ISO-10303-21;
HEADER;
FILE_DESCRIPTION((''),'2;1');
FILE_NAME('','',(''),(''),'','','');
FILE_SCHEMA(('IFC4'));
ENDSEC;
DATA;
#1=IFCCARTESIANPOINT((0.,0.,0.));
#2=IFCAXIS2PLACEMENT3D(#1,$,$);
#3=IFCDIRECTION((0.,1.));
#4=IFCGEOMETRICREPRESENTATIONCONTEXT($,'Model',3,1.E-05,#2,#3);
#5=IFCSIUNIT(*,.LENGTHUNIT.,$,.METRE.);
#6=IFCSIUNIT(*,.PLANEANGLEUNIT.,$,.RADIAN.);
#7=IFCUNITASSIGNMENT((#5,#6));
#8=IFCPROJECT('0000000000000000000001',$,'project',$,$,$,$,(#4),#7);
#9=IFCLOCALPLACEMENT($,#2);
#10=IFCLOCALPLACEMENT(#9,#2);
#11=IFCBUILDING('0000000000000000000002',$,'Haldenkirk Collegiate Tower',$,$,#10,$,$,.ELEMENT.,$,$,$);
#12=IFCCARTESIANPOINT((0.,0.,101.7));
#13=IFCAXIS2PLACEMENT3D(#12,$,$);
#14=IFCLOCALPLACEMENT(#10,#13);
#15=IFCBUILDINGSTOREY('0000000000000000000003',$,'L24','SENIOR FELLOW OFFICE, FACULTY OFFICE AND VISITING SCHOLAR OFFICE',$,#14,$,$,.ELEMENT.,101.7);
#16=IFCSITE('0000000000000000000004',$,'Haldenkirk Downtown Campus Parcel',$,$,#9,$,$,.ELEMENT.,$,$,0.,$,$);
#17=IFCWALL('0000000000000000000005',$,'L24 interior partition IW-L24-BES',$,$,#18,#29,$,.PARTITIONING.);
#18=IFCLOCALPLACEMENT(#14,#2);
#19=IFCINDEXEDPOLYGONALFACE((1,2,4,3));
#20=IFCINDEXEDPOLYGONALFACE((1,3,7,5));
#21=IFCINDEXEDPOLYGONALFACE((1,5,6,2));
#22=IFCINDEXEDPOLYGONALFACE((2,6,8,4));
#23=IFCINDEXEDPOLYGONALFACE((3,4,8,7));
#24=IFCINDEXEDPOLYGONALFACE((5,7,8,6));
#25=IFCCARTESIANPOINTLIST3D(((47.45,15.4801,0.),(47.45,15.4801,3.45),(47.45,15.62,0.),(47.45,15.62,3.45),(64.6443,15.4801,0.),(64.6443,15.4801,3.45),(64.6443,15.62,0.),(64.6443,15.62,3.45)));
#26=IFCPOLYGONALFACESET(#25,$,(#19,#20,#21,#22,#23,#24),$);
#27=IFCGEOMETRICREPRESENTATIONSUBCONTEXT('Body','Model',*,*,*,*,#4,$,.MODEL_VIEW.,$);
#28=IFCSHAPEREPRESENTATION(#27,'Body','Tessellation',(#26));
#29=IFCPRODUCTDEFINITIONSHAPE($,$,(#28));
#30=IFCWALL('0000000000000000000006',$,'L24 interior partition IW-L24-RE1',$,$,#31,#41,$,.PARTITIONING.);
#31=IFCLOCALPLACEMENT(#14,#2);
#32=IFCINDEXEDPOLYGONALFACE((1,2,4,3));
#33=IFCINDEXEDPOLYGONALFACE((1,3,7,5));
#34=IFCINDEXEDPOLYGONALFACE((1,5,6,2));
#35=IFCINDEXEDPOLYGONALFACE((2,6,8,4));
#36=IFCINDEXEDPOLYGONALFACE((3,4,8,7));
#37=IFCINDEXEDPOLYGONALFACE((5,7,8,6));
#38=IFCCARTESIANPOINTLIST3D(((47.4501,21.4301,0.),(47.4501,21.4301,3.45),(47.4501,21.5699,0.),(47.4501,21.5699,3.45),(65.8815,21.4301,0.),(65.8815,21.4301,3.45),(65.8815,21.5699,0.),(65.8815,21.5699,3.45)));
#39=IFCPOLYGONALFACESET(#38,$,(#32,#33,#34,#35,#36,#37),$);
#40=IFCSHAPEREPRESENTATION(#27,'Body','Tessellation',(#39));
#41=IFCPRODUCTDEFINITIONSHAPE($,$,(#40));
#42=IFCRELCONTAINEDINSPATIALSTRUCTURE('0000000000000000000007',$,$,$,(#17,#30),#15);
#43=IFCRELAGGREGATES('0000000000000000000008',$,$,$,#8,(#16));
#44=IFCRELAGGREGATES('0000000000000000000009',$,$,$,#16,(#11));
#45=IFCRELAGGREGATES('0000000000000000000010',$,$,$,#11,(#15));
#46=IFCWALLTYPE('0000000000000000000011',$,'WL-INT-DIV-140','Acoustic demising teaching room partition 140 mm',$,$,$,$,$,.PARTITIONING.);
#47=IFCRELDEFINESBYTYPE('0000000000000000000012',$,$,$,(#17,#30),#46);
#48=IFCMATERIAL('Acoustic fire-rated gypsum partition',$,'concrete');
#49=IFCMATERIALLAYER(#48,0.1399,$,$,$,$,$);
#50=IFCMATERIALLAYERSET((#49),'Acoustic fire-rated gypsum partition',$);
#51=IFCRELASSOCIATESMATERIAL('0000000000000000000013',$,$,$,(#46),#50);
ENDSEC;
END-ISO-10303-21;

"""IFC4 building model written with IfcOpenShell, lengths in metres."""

from ifc_helpers import new_model, si_unit, direction, frame, frame_2d, origin, place, context, subcontext, project, spatial, rectangle, extrude, material, layer, layer_set, type_object, element, save


model = new_model("IFC4")

# Units and contexts
model_context = context("Model", 3, precision=1e-05, world=origin(), true_north=direction((0.0, 1.0)))
body_context = subcontext(model_context, "Body", "Model", "MODEL_VIEW")
ifc_project = project(units=[si_unit("LENGTHUNIT", "METRE"), si_unit("PLANEANGLEUNIT", "RADIAN")], contexts=[model_context])

# Site, building, storey
site_placement = place(None, origin())
site = spatial("IfcSite", under=ifc_project, at=site_placement, Name="Haldenkirk Downtown Campus Parcel", CompositionType="ELEMENT", RefElevation=0.0)
building_placement = place(site_placement, origin())
building = spatial("IfcBuilding", under=site, at=building_placement, Name="Haldenkirk Collegiate Tower", CompositionType="ELEMENT")
storey_placement = place(building_placement, frame((0.0, 0.0, 101.7)))
storey = spatial("IfcBuildingStorey", under=building, at=storey_placement, Name="L24", Description="SENIOR FELLOW OFFICE, FACULTY OFFICE AND VISITING SCHOLAR OFFICE", CompositionType="ELEMENT", Elevation=101.7)

# Shared definitions
ifc_material_1 = material(Name="Acoustic fire-rated gypsum partition", Category="concrete")

# Walls
ifc_layer_1 = layer(ifc_material_1, 0.1399)
ifc_layer_set_1 = layer_set([ifc_layer_1], Name="Acoustic fire-rated gypsum partition")
wall_type_1 = type_object("IfcWallType", Name="WL-INT-DIV-140", Description="Acoustic demising teaching room partition 140 mm", PredefinedType="PARTITIONING", material=ifc_layer_set_1)
wall_1_placement = place(storey_placement, frame((47.45, 15.55, 0.0), z_axis=(0.0, 0.0, 1.0), x_axis=(1.0, 0.0, 0.0)))
element("IfcWall", 1, at=wall_1_placement, inside=storey, type_object=wall_type_1, Name="L24 interior partition IW-L24-BES", PredefinedType="PARTITIONING", context=body_context, shape_type="SweptSolid", body=[
    extrude(rectangle(XDim=17.1943, YDim=0.1399, at=frame_2d((8.5972, 0.0))), origin(), (0.0, 0.0, 1.0), 3.45),
])
wall_2_placement = place(storey_placement, frame((47.45, 21.5, 0.0), z_axis=(0.0, 0.0, 1.0), x_axis=(1.0, 0.0, 0.0)))
element("IfcWall", 2, at=wall_2_placement, inside=storey, type_object=wall_type_1, Name="L24 interior partition IW-L24-RE1", PredefinedType="PARTITIONING", context=body_context, shape_type="SweptSolid", body=[
    extrude(rectangle(XDim=18.4314, YDim=0.1399, at=frame_2d((9.2158, 0.0))), origin(), (0.0, 0.0, 1.0), 3.45),
])

save(model, "model.ifc")
